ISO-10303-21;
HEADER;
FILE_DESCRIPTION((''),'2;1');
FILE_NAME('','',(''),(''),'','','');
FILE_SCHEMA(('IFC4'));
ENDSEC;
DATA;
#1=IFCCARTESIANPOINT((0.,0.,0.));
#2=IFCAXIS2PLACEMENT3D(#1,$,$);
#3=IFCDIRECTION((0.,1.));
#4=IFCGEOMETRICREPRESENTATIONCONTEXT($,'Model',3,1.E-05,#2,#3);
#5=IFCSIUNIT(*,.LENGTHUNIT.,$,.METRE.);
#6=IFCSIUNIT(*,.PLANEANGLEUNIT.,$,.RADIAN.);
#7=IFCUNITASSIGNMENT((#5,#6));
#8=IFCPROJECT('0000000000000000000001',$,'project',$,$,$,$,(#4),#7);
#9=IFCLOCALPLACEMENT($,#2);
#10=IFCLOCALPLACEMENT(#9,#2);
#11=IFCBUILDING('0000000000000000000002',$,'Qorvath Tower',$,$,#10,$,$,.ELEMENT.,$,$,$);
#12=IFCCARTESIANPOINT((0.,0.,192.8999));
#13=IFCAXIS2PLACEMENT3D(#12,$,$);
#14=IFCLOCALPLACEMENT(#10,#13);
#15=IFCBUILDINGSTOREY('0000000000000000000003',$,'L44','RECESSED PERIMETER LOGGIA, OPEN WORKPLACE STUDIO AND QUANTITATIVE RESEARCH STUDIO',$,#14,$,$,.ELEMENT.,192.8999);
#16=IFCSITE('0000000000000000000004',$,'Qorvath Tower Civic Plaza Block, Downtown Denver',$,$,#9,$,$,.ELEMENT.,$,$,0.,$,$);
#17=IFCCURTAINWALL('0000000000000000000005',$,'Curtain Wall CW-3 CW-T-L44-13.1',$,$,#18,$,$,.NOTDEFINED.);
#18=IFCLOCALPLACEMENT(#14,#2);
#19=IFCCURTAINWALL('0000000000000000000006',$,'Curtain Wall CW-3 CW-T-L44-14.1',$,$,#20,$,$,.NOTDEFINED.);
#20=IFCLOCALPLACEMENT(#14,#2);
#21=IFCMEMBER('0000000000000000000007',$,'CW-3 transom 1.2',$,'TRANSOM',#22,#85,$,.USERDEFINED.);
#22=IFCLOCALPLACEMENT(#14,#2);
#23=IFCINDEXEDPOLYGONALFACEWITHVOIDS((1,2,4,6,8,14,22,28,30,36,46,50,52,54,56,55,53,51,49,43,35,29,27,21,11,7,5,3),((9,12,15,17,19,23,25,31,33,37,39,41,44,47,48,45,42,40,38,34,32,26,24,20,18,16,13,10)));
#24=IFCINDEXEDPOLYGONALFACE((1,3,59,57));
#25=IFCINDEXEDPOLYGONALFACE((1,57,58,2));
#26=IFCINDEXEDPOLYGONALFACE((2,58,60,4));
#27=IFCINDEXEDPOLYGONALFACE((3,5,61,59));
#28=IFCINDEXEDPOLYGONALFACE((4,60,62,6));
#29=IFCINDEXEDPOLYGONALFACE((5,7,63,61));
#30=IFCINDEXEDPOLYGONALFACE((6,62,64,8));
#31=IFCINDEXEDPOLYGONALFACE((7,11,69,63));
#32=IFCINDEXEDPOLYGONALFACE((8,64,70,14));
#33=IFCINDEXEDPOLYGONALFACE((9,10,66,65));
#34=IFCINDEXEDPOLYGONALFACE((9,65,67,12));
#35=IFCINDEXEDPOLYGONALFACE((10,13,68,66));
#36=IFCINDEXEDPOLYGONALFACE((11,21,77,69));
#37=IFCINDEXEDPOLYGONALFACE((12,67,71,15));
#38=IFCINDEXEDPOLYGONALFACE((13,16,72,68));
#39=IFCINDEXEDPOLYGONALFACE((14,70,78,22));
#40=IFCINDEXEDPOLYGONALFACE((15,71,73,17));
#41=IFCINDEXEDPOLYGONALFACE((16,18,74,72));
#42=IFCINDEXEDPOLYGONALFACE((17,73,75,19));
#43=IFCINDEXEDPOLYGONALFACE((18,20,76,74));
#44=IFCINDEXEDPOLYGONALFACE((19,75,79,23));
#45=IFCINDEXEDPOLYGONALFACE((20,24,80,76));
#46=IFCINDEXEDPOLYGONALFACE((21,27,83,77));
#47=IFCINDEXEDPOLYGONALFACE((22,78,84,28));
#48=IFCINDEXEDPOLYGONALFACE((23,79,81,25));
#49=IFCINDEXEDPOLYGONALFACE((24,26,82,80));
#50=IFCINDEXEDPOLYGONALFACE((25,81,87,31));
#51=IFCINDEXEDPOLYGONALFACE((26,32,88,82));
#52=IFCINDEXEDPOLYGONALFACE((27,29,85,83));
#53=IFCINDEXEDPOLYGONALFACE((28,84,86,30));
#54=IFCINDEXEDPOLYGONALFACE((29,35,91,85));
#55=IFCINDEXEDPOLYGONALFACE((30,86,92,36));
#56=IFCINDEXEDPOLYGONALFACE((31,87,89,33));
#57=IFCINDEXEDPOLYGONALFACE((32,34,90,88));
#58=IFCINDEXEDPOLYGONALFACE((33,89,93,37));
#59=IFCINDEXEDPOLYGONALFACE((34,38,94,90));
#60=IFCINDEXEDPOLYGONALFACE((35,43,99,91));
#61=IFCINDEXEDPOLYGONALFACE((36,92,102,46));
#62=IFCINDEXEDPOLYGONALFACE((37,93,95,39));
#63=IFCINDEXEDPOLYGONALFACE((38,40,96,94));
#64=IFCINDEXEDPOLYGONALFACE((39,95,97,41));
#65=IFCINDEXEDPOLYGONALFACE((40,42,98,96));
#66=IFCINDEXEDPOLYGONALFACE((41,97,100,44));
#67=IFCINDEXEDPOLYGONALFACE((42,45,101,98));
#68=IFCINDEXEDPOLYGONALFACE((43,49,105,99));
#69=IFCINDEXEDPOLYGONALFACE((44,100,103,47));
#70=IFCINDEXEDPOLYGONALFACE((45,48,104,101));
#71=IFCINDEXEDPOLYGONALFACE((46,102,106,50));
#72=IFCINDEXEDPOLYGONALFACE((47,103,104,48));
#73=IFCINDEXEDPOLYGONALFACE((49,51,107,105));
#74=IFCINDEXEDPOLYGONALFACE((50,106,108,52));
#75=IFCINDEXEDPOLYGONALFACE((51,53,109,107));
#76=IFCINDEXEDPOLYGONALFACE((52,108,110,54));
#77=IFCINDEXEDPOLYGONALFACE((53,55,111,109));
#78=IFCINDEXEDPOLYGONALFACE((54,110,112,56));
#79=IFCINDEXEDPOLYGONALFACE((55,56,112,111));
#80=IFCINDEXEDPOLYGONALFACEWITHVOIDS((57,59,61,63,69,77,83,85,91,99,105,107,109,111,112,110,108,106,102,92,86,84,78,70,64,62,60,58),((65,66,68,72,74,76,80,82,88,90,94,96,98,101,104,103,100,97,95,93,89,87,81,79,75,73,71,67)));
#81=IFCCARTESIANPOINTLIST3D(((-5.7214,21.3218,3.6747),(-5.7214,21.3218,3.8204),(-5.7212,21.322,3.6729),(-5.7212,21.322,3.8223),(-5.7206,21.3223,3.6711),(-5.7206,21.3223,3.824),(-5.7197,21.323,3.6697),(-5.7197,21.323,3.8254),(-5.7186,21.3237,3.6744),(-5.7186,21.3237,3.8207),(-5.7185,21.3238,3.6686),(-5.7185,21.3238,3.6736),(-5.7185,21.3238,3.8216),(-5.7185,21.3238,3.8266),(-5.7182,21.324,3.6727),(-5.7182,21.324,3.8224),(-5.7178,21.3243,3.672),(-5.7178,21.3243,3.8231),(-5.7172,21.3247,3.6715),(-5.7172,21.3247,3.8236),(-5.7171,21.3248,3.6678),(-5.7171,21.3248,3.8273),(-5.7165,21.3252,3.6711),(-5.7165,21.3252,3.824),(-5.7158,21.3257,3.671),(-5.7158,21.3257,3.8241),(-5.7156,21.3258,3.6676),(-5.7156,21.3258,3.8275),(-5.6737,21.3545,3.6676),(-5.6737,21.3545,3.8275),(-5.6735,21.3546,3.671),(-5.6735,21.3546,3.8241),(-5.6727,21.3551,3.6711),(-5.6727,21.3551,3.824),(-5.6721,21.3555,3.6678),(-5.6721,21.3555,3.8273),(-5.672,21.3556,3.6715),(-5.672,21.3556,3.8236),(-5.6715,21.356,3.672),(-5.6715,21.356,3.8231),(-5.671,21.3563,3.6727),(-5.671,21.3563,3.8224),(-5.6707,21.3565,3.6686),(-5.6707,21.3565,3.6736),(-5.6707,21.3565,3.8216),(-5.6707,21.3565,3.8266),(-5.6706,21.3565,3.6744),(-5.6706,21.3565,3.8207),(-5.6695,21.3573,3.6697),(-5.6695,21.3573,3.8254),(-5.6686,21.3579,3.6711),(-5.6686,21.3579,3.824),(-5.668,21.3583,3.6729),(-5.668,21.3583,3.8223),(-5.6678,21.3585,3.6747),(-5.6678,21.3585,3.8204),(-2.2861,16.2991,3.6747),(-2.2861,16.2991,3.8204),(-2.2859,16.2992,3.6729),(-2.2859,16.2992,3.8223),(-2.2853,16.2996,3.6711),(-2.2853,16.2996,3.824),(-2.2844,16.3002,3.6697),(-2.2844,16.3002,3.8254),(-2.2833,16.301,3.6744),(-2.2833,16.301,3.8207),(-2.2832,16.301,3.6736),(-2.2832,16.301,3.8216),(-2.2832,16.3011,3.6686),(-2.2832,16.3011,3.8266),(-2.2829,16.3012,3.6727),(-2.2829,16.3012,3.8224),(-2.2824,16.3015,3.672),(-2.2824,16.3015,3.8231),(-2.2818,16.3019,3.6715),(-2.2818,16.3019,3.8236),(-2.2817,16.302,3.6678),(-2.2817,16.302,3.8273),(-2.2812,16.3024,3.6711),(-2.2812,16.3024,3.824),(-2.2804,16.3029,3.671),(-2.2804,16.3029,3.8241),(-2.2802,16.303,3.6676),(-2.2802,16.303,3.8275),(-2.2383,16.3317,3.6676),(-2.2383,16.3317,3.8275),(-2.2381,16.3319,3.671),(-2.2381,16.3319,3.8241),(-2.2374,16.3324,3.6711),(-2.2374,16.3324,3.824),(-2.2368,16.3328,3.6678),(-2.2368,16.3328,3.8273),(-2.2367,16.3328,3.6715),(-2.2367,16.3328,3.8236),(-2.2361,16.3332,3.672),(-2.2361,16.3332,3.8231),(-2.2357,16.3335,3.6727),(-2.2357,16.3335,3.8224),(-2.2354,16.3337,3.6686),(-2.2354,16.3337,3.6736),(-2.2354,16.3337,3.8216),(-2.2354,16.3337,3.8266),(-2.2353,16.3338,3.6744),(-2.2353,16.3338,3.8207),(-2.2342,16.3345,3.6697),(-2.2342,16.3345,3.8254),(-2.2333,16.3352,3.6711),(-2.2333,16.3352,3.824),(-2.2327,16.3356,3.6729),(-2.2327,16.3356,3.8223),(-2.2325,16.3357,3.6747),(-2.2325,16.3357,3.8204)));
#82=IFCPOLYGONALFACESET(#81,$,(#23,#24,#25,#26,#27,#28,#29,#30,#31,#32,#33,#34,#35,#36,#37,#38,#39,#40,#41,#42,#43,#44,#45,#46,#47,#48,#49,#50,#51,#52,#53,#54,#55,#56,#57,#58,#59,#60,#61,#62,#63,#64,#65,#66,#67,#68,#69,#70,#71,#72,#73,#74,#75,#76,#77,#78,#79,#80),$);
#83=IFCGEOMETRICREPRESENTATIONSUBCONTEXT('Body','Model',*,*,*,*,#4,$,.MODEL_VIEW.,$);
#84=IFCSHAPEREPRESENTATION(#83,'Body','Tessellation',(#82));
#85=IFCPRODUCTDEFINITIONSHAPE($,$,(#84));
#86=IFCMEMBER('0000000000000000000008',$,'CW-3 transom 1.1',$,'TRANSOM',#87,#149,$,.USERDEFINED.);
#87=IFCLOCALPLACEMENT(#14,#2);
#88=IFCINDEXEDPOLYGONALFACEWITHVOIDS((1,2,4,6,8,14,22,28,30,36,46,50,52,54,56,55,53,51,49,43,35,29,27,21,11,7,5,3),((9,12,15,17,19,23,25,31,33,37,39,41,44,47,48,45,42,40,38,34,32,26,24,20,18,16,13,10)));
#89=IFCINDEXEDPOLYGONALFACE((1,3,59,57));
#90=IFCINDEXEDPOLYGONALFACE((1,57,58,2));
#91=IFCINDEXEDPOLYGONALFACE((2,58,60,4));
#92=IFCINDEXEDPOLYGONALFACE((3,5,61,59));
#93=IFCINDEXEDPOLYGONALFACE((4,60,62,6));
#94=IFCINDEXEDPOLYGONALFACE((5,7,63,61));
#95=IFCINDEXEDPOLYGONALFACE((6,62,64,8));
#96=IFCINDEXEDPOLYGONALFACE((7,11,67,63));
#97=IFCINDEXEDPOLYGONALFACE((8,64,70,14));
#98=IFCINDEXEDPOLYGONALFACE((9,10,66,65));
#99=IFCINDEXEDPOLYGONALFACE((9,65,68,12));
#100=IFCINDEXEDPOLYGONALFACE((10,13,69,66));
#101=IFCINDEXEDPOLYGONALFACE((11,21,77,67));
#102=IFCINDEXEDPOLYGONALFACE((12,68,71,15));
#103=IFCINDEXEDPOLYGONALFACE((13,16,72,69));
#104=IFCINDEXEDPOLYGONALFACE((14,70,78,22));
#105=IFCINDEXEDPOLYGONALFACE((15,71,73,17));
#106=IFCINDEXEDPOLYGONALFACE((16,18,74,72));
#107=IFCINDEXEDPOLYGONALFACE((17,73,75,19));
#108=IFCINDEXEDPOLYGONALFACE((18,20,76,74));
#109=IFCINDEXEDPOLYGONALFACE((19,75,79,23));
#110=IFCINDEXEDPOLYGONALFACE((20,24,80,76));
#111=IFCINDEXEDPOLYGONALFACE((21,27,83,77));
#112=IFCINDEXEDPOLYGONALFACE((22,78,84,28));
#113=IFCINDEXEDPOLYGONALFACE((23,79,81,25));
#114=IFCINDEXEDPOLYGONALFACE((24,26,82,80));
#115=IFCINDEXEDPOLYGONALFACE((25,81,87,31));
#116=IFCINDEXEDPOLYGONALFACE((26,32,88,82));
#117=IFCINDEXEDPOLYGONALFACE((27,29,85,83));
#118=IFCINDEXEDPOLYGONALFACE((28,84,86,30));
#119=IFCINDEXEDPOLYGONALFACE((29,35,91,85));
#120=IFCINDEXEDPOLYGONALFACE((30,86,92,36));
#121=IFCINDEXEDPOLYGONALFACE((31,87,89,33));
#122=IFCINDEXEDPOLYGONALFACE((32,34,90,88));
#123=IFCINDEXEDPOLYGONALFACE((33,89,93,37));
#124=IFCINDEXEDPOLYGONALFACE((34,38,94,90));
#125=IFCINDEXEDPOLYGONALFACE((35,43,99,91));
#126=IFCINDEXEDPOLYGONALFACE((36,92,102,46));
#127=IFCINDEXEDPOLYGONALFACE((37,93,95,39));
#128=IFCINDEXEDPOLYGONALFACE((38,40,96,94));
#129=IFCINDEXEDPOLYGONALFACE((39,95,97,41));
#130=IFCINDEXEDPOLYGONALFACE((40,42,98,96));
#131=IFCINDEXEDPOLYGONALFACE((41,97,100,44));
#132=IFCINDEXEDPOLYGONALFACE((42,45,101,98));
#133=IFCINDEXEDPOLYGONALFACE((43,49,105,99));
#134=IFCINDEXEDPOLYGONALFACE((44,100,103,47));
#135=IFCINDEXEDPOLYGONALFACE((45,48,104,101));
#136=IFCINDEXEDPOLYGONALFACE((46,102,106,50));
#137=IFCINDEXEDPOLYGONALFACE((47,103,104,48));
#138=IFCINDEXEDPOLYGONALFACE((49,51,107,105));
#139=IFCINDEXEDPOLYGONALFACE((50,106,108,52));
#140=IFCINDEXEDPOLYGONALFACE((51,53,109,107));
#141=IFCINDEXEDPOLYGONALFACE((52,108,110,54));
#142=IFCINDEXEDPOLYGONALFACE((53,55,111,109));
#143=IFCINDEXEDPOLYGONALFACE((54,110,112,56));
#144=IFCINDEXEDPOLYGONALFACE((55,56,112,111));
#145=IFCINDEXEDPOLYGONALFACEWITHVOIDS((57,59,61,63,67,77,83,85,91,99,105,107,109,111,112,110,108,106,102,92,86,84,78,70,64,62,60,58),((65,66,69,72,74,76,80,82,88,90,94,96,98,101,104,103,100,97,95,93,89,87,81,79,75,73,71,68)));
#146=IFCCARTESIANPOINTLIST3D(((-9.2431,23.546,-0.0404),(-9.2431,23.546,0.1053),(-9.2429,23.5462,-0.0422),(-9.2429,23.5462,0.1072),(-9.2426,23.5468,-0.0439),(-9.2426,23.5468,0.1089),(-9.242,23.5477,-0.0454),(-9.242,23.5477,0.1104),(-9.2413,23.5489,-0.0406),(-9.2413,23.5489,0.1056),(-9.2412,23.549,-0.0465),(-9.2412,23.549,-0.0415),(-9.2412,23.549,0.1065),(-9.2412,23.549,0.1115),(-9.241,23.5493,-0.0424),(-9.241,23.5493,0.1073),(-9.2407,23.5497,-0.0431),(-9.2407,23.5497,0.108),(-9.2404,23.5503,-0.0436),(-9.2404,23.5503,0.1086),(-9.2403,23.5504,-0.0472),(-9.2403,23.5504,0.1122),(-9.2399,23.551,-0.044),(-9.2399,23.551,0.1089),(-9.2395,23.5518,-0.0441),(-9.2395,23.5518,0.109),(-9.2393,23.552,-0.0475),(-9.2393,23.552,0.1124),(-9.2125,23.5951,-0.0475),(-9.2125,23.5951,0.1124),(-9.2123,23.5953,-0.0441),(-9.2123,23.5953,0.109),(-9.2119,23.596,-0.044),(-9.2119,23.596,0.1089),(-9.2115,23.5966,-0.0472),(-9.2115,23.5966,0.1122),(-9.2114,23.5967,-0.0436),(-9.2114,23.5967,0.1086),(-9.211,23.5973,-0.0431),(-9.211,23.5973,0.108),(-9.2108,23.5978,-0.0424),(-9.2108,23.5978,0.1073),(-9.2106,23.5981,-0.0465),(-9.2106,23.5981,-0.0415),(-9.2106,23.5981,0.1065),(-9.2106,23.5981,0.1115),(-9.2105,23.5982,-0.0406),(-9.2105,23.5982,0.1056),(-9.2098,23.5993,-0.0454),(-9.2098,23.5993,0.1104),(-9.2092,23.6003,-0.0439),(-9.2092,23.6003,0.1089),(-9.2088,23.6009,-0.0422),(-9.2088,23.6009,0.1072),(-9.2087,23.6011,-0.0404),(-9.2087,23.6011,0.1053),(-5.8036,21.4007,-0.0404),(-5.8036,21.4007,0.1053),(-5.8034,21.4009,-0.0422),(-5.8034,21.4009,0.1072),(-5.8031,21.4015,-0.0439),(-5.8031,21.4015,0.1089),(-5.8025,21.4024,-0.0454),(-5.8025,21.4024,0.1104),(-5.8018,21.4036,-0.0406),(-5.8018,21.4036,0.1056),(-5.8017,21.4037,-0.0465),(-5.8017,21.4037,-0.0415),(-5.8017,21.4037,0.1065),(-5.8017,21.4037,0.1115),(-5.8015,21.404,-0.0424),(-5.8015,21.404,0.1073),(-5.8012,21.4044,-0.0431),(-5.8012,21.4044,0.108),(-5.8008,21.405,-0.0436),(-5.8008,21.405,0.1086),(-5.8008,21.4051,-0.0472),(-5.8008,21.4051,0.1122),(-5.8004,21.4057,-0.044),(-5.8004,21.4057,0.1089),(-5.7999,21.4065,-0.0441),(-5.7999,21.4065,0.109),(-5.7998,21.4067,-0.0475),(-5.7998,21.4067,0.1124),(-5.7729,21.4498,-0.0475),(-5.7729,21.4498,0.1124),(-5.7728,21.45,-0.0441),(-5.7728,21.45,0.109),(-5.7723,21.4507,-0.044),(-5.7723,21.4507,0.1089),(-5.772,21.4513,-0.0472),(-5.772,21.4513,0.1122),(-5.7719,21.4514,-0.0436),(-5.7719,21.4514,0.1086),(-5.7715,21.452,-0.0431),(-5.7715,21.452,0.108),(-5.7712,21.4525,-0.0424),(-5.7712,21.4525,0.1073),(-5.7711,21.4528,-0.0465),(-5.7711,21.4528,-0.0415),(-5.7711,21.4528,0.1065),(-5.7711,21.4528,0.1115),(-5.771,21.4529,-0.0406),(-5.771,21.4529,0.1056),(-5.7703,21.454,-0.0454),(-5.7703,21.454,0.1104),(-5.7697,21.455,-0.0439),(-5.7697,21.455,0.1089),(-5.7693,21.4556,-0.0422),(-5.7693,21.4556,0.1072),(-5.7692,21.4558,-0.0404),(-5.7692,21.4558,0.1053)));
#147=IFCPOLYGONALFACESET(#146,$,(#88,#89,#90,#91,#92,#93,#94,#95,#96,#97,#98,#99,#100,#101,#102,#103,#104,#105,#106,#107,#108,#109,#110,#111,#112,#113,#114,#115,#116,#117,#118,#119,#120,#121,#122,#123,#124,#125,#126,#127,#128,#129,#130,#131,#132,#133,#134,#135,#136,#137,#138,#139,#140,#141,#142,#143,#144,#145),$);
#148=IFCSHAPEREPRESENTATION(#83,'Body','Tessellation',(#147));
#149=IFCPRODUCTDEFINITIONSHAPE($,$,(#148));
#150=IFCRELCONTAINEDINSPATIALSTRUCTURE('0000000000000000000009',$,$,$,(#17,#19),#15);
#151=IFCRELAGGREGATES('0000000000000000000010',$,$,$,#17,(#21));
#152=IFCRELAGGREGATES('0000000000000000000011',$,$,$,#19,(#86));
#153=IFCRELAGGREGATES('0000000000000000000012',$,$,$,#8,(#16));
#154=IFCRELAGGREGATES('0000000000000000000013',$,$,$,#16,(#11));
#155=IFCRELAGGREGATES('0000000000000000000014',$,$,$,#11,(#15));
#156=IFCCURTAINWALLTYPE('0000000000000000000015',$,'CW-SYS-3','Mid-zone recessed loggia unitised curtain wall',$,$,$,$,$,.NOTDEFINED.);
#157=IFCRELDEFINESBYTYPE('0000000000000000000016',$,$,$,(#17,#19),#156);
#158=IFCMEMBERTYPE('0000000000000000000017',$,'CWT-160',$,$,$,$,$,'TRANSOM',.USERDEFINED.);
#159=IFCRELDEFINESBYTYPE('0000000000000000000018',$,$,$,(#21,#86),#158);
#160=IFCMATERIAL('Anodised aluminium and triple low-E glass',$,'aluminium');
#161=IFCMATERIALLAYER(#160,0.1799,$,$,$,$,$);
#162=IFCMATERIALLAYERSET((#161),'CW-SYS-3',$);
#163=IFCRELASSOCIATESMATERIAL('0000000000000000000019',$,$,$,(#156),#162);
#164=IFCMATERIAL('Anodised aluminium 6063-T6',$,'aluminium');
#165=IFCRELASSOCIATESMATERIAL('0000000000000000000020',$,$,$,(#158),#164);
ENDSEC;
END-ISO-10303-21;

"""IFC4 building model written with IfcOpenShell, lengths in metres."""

from ifc_helpers import new_model, si_unit, direction, frame, origin, origin_2d, place, context, subcontext, project, spatial, hollow_rectangle, extrude, material, layer, layer_set, material_profile, profile_set, type_object, element, aggregate, save


model = new_model("IFC4")

# Units and contexts
model_context = context("Model", 3, precision=1e-05, world=origin(), true_north=direction((0.0, 1.0)))
body_context = subcontext(model_context, "Body", "Model", "MODEL_VIEW")
ifc_project = project(units=[si_unit("LENGTHUNIT", "METRE"), si_unit("PLANEANGLEUNIT", "RADIAN")], contexts=[model_context])

# Site, building, storey
site_placement = place(None, origin())
site = spatial("IfcSite", under=ifc_project, at=site_placement, Name="Qorvath Tower Civic Plaza Block, Downtown Denver", CompositionType="ELEMENT", RefElevation=0.0)
building_placement = place(site_placement, origin())
building = spatial("IfcBuilding", under=site, at=building_placement, Name="Qorvath Tower", CompositionType="ELEMENT")
storey_placement = place(building_placement, frame((0.0, 0.0, 192.8999)))
storey = spatial("IfcBuildingStorey", under=building, at=storey_placement, Name="L44", Description="RECESSED PERIMETER LOGGIA, OPEN WORKPLACE STUDIO AND QUANTITATIVE RESEARCH STUDIO", CompositionType="ELEMENT", Elevation=192.8999)

# Shared definitions
ifc_material_1 = material(Name="Anodised aluminium and triple low-E glass", Category="aluminium")
ifc_layer_1 = layer(ifc_material_1, 0.1799)
ifc_layer_set_1 = layer_set([ifc_layer_1], Name="CW-SYS-3")
curtain_wall_type = type_object("IfcCurtainWallType", Name="CW-SYS-3", Description="Mid-zone recessed loggia unitised curtain wall", PredefinedType="NOTDEFINED", material=ifc_layer_set_1)

# Curtain walls
curtain_wall_1_placement = place(storey_placement, origin())
curtain_wall_1 = element("IfcCurtainWall", 1, at=curtain_wall_1_placement, inside=storey, type_object=curtain_wall_type, Name="Curtain Wall CW-3 CW-T-L44-13.1", PredefinedType="NOTDEFINED")
curtain_wall_2_placement = place(storey_placement, origin())
curtain_wall_2 = element("IfcCurtainWall", 2, at=curtain_wall_2_placement, inside=storey, type_object=curtain_wall_type, Name="Curtain Wall CW-3 CW-T-L44-14.1", PredefinedType="NOTDEFINED")

# Members
ifc_material_2 = material(Name="Anodised aluminium 6063-T6", Category="aluminium")
ifc_material_profile_1 = material_profile(ifc_material_2, hollow_rectangle(XDim=0.0649, YDim=0.1599, WallThickness=0.0034, InnerFilletRadius=0.0034, OuterFilletRadius=0.0071, at=origin_2d()), Name="CWT 160x65")
ifc_profile_set_1 = profile_set([ifc_material_profile_1], Name="Anodised aluminium 6063-T6")
member_type_1 = type_object("IfcMemberType", Name="CWT-160", ElementType="TRANSOM", PredefinedType="USERDEFINED", material=ifc_profile_set_1)
member_1_placement = place(storey_placement, frame((-2.2593, 16.3174, 3.7476), z_axis=(-0.56454, 0.825406, 0.0), x_axis=(-0.825406, -0.56454, 0.0)))
member_1 = element("IfcMember", 3, at=member_1_placement, type_object=member_type_1, Name="CW-3 transom 1.2", ObjectType="TRANSOM", PredefinedType="USERDEFINED", context=body_context, shape_type="SweptSolid", body=[
    extrude(hollow_rectangle(XDim=0.0649, YDim=0.1599, WallThickness=0.0034, InnerFilletRadius=0.0034, OuterFilletRadius=0.0071, at=origin_2d()), origin(), (0.0, 0.0, 1.0), 6.0852),
])
member_2_placement = place(storey_placement, frame((-5.7864, 21.4282, 0.0325), z_axis=(-0.848485, 0.529219, 0.0), x_axis=(-0.529219, -0.848485, 0.0)))
member_2 = element("IfcMember", 4, at=member_2_placement, type_object=member_type_1, Name="CW-3 transom 1.1", ObjectType="TRANSOM", PredefinedType="USERDEFINED", context=body_context, shape_type="SweptSolid", body=[
    extrude(hollow_rectangle(XDim=0.0649, YDim=0.1599, WallThickness=0.0034, InnerFilletRadius=0.0034, OuterFilletRadius=0.0071, at=origin_2d()), origin(), (0.0, 0.0, 1.0), 4.0537),
])

aggregate(curtain_wall_1, [member_1])
aggregate(curtain_wall_2, [member_2])

save(model, "model.ifc")
